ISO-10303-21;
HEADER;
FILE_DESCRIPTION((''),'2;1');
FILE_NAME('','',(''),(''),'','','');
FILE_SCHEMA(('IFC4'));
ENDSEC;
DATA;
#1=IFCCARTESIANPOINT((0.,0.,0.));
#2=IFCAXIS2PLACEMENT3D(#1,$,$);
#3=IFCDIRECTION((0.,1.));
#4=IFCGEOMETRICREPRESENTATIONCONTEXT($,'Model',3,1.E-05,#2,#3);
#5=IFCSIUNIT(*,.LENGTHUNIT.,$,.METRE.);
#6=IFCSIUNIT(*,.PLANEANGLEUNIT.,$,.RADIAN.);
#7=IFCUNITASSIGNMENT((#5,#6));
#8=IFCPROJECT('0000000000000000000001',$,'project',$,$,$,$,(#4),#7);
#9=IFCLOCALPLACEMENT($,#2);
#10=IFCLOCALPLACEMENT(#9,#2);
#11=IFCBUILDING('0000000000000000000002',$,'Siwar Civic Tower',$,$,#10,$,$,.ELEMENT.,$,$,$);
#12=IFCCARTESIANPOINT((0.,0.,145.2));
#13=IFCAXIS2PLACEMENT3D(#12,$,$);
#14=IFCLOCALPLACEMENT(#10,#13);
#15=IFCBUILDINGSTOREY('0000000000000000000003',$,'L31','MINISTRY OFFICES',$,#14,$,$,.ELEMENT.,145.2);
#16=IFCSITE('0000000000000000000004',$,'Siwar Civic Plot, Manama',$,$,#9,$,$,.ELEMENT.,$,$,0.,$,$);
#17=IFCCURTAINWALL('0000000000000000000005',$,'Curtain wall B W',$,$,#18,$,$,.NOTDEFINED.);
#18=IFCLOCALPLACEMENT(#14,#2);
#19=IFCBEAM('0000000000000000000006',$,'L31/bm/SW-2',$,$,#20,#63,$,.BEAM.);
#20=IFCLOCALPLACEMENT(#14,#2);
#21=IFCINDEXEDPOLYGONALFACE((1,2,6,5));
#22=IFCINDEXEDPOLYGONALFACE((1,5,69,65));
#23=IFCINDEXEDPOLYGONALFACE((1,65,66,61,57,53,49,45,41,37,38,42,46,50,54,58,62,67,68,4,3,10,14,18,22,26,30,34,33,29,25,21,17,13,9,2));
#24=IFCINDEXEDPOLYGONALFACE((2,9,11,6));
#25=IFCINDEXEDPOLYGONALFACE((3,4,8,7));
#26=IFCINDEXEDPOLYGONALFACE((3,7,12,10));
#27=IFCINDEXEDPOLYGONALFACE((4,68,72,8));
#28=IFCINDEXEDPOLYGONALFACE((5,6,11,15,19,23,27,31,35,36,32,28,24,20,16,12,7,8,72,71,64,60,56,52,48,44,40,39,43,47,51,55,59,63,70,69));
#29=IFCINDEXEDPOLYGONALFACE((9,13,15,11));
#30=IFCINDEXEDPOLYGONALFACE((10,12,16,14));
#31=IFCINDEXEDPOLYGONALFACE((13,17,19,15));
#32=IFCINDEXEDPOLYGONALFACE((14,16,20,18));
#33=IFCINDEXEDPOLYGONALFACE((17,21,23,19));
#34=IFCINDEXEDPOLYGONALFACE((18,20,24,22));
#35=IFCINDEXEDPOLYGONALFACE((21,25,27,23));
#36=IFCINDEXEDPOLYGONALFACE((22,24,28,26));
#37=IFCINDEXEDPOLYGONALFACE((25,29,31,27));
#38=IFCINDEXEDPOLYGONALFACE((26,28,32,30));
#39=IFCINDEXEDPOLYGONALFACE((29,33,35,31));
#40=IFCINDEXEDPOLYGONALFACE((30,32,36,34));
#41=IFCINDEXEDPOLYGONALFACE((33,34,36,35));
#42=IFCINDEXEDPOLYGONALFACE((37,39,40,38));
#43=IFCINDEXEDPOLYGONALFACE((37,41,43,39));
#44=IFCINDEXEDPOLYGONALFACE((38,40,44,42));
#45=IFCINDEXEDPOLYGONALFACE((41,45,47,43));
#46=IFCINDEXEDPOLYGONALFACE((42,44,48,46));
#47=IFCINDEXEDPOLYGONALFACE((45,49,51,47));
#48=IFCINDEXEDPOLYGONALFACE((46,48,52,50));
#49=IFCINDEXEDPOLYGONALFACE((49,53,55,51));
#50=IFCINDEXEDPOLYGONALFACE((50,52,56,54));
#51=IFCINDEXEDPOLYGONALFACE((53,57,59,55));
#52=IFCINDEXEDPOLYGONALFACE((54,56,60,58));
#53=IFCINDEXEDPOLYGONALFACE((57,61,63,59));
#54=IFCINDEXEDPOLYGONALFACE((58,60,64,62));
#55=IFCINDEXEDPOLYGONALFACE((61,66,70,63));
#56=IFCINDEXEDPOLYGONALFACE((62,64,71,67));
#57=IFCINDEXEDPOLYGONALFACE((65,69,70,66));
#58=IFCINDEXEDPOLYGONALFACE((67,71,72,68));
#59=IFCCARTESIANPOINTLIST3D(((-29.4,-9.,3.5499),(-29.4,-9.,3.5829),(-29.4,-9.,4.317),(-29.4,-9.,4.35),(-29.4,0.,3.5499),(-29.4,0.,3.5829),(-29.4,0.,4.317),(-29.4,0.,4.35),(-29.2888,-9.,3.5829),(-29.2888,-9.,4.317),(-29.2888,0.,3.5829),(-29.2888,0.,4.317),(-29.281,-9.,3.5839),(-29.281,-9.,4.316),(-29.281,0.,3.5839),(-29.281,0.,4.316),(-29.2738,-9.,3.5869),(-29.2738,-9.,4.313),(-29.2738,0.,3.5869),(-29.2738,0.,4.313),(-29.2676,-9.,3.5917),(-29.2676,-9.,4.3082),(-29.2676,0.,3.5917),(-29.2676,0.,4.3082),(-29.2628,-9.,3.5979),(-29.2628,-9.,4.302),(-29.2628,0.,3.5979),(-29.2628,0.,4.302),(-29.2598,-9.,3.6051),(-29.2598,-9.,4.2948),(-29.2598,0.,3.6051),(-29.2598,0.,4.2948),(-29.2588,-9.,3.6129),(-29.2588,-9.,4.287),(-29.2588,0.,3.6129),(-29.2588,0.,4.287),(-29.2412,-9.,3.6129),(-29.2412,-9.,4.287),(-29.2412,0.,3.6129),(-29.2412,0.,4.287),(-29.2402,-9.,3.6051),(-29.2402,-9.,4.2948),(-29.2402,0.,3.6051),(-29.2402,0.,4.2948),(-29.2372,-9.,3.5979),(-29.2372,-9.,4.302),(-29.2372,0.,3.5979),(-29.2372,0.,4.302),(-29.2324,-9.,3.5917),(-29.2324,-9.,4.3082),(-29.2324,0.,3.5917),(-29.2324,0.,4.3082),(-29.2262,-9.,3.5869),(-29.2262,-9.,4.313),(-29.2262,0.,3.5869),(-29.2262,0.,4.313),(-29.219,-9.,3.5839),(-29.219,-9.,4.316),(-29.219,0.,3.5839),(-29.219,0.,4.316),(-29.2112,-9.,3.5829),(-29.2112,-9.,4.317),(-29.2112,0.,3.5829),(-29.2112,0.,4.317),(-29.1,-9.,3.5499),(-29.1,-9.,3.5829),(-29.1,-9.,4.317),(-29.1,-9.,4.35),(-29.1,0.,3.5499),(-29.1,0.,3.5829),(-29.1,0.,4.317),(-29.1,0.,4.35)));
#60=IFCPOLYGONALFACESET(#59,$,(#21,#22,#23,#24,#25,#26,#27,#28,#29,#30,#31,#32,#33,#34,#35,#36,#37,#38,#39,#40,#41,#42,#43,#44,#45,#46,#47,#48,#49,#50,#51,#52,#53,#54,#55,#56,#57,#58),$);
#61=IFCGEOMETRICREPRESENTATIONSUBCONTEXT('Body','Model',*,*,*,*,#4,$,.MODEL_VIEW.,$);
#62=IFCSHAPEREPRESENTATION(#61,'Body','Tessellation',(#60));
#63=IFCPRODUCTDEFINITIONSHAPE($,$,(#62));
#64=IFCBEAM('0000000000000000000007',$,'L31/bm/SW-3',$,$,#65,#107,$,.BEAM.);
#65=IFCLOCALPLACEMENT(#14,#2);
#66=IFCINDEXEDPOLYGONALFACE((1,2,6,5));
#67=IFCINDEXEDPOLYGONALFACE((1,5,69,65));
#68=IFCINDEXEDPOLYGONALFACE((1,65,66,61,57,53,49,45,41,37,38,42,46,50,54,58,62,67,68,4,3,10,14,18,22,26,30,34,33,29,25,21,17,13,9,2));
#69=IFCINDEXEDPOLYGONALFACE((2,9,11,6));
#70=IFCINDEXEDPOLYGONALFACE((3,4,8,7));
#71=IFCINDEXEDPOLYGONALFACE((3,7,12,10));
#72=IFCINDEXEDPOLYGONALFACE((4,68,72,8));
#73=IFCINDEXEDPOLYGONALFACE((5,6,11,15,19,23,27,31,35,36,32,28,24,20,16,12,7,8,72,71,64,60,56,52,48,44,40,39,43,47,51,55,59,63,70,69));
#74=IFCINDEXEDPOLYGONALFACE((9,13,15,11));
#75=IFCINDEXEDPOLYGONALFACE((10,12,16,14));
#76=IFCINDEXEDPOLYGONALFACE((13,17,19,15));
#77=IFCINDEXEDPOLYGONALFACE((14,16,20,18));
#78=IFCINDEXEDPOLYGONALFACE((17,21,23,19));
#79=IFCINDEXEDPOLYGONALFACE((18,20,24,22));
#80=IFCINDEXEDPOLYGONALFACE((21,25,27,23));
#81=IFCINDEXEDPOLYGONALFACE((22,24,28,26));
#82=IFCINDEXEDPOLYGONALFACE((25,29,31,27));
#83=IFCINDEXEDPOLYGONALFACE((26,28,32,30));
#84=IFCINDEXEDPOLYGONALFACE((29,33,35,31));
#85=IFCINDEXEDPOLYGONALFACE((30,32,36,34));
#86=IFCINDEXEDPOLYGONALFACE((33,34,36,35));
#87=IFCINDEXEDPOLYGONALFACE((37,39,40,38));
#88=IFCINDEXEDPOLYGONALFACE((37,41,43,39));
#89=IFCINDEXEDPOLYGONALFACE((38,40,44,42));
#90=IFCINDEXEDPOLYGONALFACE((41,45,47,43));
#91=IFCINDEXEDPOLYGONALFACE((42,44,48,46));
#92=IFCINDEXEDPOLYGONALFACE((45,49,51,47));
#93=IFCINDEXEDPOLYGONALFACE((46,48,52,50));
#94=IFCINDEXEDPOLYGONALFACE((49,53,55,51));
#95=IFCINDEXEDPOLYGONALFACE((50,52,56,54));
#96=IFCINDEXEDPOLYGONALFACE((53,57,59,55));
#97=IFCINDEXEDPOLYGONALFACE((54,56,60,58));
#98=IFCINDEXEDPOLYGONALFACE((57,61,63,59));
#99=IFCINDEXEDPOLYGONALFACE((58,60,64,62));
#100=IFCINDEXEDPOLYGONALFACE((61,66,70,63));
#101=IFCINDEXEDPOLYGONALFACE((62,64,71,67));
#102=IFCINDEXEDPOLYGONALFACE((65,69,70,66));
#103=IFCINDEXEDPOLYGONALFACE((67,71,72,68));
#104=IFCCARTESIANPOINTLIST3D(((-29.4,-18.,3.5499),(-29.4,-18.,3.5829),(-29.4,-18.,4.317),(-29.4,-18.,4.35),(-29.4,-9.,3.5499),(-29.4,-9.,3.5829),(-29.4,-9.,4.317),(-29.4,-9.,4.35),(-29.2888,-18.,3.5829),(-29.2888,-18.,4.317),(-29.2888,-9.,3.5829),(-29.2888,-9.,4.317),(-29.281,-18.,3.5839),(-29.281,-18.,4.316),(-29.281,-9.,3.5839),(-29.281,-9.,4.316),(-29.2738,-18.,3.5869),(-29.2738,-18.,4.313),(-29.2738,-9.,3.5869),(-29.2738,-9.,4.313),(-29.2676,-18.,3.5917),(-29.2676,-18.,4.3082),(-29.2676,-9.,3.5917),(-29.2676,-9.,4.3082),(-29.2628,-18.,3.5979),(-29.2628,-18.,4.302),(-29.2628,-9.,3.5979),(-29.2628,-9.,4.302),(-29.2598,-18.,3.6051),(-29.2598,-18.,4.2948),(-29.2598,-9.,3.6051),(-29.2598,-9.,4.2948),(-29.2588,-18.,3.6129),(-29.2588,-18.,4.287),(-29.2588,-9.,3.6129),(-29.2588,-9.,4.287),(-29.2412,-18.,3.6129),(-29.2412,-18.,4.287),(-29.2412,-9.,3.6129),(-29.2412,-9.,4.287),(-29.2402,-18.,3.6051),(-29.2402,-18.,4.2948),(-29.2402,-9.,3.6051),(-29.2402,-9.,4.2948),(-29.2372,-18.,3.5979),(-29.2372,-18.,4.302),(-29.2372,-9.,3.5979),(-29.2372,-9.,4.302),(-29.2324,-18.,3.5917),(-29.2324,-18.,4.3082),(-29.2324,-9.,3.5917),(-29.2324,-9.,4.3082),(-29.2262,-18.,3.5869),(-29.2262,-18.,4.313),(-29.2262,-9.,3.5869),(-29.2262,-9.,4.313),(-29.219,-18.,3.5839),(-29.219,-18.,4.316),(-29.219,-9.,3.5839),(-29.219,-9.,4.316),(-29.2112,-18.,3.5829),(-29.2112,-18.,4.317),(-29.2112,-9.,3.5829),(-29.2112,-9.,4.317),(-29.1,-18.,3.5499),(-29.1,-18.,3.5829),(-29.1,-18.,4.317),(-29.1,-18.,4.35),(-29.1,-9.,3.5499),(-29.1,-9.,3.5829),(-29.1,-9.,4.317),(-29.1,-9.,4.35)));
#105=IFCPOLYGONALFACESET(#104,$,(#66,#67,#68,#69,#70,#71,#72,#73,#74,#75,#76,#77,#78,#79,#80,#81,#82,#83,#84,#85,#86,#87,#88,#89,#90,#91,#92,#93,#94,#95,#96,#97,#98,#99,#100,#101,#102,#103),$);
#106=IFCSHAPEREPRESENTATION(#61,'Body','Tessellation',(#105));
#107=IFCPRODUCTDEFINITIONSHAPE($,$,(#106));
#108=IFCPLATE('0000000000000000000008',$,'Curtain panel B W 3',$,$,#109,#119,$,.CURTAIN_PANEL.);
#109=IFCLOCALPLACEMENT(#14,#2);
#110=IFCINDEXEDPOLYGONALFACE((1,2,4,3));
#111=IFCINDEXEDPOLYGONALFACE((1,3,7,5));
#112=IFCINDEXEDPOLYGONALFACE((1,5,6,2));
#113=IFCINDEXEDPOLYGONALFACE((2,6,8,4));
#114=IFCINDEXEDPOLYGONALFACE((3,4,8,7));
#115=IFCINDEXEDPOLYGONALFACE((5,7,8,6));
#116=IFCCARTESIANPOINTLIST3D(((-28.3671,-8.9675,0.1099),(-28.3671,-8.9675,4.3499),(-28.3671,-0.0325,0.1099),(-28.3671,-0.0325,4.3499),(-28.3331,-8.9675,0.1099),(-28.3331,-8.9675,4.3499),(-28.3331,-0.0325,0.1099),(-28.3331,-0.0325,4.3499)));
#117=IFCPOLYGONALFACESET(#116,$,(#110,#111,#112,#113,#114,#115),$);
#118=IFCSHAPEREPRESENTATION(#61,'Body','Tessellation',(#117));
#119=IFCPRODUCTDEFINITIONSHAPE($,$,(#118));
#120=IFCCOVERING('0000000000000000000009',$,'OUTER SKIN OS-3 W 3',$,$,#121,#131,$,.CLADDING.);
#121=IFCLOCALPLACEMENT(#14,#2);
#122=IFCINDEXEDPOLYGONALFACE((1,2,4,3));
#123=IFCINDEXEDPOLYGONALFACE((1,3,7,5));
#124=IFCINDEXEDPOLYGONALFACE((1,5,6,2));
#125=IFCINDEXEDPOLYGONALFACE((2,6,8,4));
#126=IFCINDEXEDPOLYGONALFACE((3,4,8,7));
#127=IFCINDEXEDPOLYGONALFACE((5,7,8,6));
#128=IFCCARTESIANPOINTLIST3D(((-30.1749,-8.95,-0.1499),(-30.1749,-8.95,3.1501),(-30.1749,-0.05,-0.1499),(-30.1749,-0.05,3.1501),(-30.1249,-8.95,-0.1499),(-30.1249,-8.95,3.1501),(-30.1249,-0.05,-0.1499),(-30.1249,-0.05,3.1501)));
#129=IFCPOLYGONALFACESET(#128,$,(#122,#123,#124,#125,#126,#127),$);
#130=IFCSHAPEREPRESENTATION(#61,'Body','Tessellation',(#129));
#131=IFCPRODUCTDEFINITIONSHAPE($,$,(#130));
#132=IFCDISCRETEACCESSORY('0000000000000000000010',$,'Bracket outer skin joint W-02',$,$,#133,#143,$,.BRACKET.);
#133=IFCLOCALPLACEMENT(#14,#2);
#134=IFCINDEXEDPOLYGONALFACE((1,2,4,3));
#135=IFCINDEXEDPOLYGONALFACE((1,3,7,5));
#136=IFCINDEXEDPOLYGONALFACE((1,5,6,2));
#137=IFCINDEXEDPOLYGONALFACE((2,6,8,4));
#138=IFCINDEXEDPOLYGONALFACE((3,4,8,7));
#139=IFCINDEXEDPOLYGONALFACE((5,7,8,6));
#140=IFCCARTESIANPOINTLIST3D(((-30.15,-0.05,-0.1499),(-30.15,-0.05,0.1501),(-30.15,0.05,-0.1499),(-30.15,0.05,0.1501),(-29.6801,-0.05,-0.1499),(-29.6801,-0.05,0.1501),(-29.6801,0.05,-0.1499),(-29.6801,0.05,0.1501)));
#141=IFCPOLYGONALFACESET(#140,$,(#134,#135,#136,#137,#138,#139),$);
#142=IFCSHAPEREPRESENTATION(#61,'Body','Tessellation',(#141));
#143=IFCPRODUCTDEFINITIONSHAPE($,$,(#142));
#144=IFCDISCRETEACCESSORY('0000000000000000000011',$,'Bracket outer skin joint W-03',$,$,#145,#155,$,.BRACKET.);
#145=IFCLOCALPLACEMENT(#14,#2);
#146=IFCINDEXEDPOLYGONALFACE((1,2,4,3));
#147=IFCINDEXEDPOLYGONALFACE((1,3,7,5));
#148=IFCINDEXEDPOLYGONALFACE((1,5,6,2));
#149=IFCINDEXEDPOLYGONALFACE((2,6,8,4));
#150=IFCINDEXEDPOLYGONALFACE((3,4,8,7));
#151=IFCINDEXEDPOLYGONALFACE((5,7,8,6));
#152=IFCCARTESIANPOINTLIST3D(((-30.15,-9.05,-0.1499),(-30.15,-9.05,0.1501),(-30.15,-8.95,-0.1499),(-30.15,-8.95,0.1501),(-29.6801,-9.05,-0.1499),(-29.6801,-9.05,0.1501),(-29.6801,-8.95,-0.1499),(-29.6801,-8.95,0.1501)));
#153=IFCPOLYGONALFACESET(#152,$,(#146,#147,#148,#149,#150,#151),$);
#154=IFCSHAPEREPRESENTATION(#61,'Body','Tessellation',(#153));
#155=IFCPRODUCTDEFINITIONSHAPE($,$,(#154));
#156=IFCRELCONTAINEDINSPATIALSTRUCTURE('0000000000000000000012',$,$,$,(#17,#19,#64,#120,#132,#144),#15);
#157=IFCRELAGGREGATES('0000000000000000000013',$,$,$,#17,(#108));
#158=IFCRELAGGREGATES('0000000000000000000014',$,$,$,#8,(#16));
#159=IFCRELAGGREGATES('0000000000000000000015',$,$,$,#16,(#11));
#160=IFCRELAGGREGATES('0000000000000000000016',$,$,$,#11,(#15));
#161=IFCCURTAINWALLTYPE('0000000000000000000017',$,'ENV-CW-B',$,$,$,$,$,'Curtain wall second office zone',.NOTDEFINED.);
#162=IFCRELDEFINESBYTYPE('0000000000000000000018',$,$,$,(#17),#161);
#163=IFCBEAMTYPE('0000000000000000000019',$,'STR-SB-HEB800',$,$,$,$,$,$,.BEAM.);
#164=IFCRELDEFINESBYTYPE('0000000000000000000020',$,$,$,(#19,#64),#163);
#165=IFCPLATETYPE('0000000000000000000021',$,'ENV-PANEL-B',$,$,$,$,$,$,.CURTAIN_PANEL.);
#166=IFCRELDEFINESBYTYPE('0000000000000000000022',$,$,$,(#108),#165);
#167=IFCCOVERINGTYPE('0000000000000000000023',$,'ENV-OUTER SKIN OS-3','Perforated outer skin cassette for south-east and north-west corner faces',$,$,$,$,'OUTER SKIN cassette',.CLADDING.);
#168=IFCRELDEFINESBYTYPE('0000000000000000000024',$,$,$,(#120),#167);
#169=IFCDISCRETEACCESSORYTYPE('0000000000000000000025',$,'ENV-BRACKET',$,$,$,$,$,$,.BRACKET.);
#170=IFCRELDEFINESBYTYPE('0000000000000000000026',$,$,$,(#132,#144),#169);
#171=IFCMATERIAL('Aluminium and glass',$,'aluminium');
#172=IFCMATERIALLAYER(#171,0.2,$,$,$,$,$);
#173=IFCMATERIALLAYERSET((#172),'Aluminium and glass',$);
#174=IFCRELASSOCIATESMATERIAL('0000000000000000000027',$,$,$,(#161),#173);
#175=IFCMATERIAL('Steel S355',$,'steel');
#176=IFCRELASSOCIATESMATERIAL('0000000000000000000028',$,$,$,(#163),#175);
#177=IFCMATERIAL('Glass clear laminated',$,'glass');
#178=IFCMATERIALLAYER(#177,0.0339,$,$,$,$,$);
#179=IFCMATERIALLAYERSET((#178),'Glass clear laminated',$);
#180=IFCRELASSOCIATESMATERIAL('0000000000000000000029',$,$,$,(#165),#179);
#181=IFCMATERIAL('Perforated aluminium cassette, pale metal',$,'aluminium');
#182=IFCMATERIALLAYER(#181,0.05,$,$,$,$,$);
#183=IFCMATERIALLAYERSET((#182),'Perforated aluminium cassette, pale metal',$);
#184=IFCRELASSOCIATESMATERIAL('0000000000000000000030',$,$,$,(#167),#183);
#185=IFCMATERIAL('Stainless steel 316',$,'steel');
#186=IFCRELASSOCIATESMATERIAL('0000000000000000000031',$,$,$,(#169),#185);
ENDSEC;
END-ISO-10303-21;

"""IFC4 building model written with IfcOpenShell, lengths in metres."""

from ifc_helpers import new_model, si_unit, direction, frame, origin, origin_2d, place, context, subcontext, project, spatial, rectangle, i_section, extrude, material, layer, layer_set, material_profile, profile_set, type_object, element, aggregate, save


model = new_model("IFC4")

# Units and contexts
model_context = context("Model", 3, precision=1e-05, world=origin(), true_north=direction((0.0, 1.0)))
body_context = subcontext(model_context, "Body", "Model", "MODEL_VIEW")
ifc_project = project(units=[si_unit("LENGTHUNIT", "METRE"), si_unit("PLANEANGLEUNIT", "RADIAN")], contexts=[model_context])

# Site, building, storey
site_placement = place(None, origin())
site = spatial("IfcSite", under=ifc_project, at=site_placement, Name="Siwar Civic Plot, Manama", CompositionType="ELEMENT", RefElevation=0.0)
building_placement = place(site_placement, origin())
building = spatial("IfcBuilding", under=site, at=building_placement, Name="Siwar Civic Tower", CompositionType="ELEMENT")
storey_placement = place(building_placement, frame((0.0, 0.0, 145.2)))
storey = spatial("IfcBuildingStorey", under=building, at=storey_placement, Name="L31", Description="MINISTRY OFFICES", CompositionType="ELEMENT", Elevation=145.2)

# Curtain wall
ifc_material_1 = material(Name="Aluminium and glass", Category="aluminium")
ifc_layer_1 = layer(ifc_material_1, 0.2)
ifc_layer_set_1 = layer_set([ifc_layer_1], Name="Aluminium and glass")
curtain_wall_type = type_object("IfcCurtainWallType", Name="ENV-CW-B", ElementType="Curtain wall second office zone", PredefinedType="NOTDEFINED", material=ifc_layer_set_1)
curtain_wall_placement = place(storey_placement, origin())
curtain_wall = element("IfcCurtainWall", 1, at=curtain_wall_placement, inside=storey, type_object=curtain_wall_type, Name="Curtain wall B W", PredefinedType="NOTDEFINED")

# Beams
ifc_material_2 = material(Name="Steel S355", Category="steel")
ifc_material_profile_1 = material_profile(ifc_material_2, i_section(OverallWidth=0.3, OverallDepth=0.8, WebThickness=0.0176, FlangeThickness=0.033, FilletRadius=0.03, at=origin_2d()), Name="HEB800")
ifc_profile_set_1 = profile_set([ifc_material_profile_1], Name="Steel S355")
beam_type_1 = type_object("IfcBeamType", Name="STR-SB-HEB800", PredefinedType="BEAM", material=ifc_profile_set_1)
for number, where, z_axis, x_axis, name in (
    (2, (-29.25, 0.0, 3.95), (0.0, -1.0, 0.0), (1.0, 0.0, 0.0), "L31/bm/SW-2"),
    (3, (-29.25, -9.0, 3.95), (0.0, -1.0, 0.0), (1.0, 0.0, 0.0), "L31/bm/SW-3"),
):
    element("IfcBeam", number, at=place(storey_placement, frame(where, z_axis=z_axis, x_axis=x_axis)), inside=storey, type_object=beam_type_1, Name=name, PredefinedType="BEAM", context=body_context, shape_type="SweptSolid", body=[
        extrude(i_section(OverallWidth=0.3, OverallDepth=0.8, WebThickness=0.0176, FlangeThickness=0.033, FilletRadius=0.03, at=origin_2d()), origin(), (0.0, 0.0, 1.0), 9.0),
    ])

# Plate
ifc_material_3 = material(Name="Glass clear laminated", Category="glass")
ifc_layer_2 = layer(ifc_material_3, 0.0339)
ifc_layer_set_2 = layer_set([ifc_layer_2], Name="Glass clear laminated")
plate_type = type_object("IfcPlateType", Name="ENV-PANEL-B", PredefinedType="CURTAIN_PANEL", material=ifc_layer_set_2)
plate_placement = place(storey_placement, frame((-28.3501, -4.5, 0.1099), z_axis=(0.0, 0.0, 1.0), x_axis=(0.0, -1.0, 0.0)))
plate = element("IfcPlate", 4, at=plate_placement, type_object=plate_type, Name="Curtain panel B W 3", PredefinedType="CURTAIN_PANEL", context=body_context, shape_type="SweptSolid", body=[
    extrude(rectangle(XDim=8.9351, YDim=0.0339, at=origin_2d()), origin(), (0.0, 0.0, 1.0), 4.24),
])
aggregate(curtain_wall, [plate])

# Covering
ifc_material_4 = material(Name="Perforated aluminium cassette, pale metal", Category="aluminium")
ifc_layer_3 = layer(ifc_material_4, 0.05)
ifc_layer_set_3 = layer_set([ifc_layer_3], Name="Perforated aluminium cassette, pale metal")
covering_type = type_object("IfcCoveringType", Name="ENV-OUTER SKIN OS-3", Description="Perforated outer skin cassette for south-east and north-west corner faces", ElementType="OUTER SKIN cassette", PredefinedType="CLADDING", material=ifc_layer_set_3)
covering_placement = place(storey_placement, frame((-30.1499, -4.5, -0.1499), z_axis=(0.0, 0.0, 1.0), x_axis=(0.0, -1.0, 0.0)))
element("IfcCovering", 5, at=covering_placement, inside=storey, type_object=covering_type, Name="OUTER SKIN OS-3 W 3", PredefinedType="CLADDING", context=body_context, shape_type="SweptSolid", body=[
    extrude(rectangle(XDim=8.8999, YDim=0.05, at=origin_2d()), origin(), (0.0, 0.0, 1.0), 3.3),
])

# Discrete accessories
ifc_material_5 = material(Name="Stainless steel 316", Category="steel")
discrete_accessory_type = type_object("IfcDiscreteAccessoryType", Name="ENV-BRACKET", PredefinedType="BRACKET", material=ifc_material_5)
for number, where, z_axis, x_axis, name in (
    (6, (-29.915, 0.0, -0.1499), (0.0, 0.0, 1.0), (-1.0, 0.0, 0.0), "Bracket outer skin joint W-02"),
    (7, (-29.915, -9.0, -0.1499), (0.0, 0.0, 1.0), (-1.0, 0.0, 0.0), "Bracket outer skin joint W-03"),
):
    element("IfcDiscreteAccessory", number, at=place(storey_placement, frame(where, z_axis=z_axis, x_axis=x_axis)), inside=storey, type_object=discrete_accessory_type, Name=name, PredefinedType="BRACKET", context=body_context, shape_type="SweptSolid", body=[
        extrude(rectangle(XDim=0.47, YDim=0.1001, at=origin_2d()), origin(), (0.0, 0.0, 1.0), 0.3),
    ])

save(model, "model.ifc")
